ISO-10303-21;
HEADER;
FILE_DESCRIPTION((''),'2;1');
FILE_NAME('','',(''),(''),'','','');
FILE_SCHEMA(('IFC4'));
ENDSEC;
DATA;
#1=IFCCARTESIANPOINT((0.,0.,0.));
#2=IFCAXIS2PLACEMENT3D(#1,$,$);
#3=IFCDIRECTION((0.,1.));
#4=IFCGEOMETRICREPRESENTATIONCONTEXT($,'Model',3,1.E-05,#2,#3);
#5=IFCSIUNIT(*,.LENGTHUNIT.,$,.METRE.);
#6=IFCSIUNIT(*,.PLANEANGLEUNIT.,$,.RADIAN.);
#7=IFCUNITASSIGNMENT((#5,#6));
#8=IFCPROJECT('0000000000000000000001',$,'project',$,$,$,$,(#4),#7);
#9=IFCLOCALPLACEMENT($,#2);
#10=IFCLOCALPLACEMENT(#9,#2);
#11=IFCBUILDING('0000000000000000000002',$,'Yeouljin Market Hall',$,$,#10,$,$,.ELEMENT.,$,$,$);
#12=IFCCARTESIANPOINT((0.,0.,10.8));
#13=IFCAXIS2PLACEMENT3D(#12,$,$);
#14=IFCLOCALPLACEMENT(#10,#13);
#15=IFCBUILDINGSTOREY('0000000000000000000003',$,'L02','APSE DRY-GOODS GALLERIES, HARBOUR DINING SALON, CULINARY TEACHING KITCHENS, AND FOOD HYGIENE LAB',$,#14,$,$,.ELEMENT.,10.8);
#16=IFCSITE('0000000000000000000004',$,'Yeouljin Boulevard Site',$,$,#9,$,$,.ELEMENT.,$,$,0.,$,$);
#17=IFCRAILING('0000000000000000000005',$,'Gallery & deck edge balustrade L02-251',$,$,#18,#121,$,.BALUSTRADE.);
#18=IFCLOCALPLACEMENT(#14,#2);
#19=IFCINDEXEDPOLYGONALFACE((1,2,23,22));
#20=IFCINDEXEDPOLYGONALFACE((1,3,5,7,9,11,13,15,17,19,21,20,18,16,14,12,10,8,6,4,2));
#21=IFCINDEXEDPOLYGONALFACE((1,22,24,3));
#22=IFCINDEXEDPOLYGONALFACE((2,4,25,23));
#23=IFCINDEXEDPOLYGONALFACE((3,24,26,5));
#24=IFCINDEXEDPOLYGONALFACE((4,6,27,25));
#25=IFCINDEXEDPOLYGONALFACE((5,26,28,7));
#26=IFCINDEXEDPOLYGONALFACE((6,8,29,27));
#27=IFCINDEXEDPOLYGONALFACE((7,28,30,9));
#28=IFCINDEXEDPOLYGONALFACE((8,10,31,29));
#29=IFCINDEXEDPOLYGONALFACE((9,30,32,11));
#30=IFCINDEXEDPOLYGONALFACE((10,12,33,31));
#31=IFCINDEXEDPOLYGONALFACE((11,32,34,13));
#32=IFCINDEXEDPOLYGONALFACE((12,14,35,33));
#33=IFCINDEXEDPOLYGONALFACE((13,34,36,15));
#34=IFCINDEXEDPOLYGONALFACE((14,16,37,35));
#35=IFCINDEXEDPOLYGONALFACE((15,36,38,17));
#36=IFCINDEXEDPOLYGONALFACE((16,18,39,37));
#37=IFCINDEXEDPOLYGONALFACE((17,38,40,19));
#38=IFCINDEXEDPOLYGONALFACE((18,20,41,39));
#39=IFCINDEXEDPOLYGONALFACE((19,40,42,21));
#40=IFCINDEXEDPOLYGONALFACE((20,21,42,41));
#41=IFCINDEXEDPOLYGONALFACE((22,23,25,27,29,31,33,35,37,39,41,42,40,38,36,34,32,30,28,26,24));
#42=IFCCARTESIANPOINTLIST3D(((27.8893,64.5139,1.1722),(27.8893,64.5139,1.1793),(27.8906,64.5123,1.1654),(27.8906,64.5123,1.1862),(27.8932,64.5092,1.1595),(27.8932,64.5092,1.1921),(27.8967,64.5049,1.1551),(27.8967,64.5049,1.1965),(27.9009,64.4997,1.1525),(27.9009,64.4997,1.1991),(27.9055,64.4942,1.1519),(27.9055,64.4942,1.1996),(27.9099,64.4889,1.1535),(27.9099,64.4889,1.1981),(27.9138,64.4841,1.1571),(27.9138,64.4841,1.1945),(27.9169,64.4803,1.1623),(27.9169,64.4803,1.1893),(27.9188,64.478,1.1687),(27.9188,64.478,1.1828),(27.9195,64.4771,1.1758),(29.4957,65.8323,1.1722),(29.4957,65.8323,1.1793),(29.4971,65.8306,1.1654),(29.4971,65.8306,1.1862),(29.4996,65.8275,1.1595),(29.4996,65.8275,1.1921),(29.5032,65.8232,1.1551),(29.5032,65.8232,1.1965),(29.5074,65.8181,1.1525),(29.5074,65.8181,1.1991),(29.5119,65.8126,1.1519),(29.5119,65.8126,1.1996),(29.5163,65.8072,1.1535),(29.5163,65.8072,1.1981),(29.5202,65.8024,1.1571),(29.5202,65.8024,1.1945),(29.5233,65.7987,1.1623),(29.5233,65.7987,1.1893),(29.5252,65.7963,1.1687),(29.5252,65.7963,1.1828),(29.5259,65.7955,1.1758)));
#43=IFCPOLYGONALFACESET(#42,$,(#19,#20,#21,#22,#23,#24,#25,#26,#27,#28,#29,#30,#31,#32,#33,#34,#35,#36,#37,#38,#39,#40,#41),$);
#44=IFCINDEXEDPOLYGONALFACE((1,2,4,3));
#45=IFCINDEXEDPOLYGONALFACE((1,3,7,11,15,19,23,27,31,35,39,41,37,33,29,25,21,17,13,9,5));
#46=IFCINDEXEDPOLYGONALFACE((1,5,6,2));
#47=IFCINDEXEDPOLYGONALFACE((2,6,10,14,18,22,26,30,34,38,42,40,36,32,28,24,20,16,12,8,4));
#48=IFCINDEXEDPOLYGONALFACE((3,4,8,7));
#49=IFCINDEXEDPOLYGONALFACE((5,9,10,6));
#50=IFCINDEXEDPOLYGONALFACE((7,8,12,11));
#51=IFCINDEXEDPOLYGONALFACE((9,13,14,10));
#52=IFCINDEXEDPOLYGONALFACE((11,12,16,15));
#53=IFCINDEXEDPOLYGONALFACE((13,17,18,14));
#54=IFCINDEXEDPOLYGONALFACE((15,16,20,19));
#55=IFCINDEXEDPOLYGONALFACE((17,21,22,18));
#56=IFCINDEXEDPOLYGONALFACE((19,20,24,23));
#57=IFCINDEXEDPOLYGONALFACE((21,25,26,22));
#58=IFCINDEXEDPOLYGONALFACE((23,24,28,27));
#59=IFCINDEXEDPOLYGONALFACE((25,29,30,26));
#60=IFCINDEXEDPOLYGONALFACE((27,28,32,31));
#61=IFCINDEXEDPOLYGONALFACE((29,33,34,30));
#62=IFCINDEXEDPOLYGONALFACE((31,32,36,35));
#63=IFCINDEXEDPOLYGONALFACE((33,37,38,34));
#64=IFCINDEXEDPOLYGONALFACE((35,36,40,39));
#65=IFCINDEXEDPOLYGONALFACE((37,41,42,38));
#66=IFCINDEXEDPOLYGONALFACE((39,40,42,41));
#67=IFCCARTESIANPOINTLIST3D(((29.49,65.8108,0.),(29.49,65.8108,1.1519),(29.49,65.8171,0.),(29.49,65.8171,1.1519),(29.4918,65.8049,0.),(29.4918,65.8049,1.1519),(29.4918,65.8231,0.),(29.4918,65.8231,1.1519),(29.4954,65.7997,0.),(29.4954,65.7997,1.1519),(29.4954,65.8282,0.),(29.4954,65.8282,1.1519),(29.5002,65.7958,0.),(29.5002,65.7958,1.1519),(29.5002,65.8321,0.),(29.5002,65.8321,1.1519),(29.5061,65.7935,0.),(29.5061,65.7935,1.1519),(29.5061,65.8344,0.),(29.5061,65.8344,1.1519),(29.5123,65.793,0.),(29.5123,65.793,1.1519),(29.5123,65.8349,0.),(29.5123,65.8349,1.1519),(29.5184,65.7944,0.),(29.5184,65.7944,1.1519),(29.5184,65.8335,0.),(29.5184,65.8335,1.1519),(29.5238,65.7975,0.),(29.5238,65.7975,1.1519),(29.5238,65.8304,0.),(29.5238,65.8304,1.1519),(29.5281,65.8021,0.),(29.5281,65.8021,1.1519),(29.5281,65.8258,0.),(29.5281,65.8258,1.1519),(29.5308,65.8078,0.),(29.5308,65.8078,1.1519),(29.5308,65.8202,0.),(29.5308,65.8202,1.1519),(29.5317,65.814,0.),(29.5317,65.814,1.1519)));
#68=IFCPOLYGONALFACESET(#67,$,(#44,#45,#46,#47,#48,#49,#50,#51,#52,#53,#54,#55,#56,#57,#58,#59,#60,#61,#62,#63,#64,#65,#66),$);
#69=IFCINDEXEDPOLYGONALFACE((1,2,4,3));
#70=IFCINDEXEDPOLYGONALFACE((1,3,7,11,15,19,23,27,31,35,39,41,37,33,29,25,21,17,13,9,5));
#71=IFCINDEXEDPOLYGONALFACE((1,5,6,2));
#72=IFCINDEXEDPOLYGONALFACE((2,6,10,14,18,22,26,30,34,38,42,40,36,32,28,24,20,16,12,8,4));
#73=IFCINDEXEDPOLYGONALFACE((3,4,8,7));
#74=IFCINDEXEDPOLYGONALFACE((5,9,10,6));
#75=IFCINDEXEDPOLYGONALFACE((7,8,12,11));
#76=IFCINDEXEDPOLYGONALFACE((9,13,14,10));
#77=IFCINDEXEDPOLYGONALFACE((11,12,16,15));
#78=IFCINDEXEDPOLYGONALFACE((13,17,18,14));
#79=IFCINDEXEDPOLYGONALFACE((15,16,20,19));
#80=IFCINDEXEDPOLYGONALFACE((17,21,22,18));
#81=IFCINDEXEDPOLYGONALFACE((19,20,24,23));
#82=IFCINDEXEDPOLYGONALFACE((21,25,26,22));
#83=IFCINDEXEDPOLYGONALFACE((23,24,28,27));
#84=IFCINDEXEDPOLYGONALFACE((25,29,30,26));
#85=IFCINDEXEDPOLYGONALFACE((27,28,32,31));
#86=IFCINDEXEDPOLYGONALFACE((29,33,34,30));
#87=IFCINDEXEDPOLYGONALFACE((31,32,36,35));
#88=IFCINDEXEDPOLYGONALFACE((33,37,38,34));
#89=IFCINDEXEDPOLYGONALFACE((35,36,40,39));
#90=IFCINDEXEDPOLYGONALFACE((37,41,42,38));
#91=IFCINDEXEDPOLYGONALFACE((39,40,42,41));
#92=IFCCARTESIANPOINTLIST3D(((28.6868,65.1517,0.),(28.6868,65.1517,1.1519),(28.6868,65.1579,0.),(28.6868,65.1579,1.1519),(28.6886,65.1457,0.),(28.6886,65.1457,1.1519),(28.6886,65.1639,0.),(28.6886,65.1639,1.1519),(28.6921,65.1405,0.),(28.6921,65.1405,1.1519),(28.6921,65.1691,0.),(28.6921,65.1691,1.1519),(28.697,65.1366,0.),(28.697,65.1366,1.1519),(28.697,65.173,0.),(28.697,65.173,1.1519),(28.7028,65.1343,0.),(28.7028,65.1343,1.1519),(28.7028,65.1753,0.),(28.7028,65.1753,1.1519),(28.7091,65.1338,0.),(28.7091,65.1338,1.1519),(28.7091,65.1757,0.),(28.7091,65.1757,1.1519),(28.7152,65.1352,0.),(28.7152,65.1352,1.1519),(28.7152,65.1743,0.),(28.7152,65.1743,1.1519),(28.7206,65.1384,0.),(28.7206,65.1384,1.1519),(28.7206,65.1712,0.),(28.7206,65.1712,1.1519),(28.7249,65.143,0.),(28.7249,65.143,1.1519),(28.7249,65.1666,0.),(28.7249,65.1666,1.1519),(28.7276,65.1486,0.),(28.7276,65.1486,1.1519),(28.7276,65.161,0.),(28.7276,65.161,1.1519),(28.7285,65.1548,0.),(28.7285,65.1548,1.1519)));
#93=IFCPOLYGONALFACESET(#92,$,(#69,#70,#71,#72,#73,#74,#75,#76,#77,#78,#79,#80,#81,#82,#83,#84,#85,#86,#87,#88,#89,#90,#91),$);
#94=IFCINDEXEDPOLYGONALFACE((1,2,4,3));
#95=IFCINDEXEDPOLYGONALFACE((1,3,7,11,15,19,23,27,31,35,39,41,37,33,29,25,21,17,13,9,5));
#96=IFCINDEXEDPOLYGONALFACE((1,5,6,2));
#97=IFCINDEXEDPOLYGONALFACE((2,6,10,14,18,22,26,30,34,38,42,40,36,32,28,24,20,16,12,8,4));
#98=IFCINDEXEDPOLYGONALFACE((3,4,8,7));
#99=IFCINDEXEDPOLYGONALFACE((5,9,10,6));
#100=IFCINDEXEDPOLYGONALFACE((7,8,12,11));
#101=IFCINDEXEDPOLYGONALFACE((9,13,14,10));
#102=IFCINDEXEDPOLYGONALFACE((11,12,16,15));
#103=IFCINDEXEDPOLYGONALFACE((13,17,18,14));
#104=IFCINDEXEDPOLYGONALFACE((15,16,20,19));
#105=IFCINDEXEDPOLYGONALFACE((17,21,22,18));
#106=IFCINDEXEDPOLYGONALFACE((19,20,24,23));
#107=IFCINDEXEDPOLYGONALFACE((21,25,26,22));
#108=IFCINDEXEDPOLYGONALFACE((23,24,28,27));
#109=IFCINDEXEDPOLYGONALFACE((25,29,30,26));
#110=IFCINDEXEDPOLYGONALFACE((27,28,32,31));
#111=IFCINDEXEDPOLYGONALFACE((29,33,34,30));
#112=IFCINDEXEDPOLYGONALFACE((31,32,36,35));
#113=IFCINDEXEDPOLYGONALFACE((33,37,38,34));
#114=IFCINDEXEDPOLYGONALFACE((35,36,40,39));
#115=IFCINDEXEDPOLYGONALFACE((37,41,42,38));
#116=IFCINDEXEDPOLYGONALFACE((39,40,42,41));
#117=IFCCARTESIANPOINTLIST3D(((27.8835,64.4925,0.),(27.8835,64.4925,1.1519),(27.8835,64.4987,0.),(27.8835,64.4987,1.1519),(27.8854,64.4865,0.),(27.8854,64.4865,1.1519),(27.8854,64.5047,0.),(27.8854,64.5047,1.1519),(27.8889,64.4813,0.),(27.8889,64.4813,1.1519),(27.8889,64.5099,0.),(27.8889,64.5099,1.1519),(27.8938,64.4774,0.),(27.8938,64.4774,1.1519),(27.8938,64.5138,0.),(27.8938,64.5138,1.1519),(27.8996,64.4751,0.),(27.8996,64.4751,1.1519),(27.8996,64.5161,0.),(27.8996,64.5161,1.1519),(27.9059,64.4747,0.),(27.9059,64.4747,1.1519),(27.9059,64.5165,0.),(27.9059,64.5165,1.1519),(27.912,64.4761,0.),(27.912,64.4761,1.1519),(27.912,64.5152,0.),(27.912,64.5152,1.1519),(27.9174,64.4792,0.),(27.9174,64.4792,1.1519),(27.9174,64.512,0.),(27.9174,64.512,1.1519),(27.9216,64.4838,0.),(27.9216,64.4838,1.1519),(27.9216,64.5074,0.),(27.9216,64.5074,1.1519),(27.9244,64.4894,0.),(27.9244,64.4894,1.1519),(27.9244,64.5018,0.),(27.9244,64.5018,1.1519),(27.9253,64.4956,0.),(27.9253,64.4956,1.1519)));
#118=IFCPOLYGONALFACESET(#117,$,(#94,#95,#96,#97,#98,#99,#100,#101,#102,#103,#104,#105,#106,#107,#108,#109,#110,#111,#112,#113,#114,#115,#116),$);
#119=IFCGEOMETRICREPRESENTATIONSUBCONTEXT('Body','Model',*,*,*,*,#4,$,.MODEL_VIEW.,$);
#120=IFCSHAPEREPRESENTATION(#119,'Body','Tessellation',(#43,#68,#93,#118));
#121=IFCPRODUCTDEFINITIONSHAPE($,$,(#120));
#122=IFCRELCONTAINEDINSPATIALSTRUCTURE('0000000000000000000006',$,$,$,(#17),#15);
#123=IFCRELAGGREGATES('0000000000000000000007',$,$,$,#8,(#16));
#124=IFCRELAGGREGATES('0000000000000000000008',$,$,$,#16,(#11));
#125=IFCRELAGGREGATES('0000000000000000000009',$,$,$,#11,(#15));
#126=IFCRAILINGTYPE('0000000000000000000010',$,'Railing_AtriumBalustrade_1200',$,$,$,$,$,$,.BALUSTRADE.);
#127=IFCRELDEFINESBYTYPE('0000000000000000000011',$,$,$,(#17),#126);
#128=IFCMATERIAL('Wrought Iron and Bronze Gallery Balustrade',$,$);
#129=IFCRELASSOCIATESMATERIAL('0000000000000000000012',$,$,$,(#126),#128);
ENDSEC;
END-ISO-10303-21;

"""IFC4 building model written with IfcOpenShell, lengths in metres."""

from ifc_helpers import new_model, si_unit, direction, frame, origin, origin_2d, place, context, subcontext, project, spatial, circle, extrude, material, type_object, element, save


model = new_model("IFC4")

# Units and contexts
model_context = context("Model", 3, precision=1e-05, world=origin(), true_north=direction((0.0, 1.0)))
body_context = subcontext(model_context, "Body", "Model", "MODEL_VIEW")
ifc_project = project(units=[si_unit("LENGTHUNIT", "METRE"), si_unit("PLANEANGLEUNIT", "RADIAN")], contexts=[model_context])

# Site, building, storey
site_placement = place(None, origin())
site = spatial("IfcSite", under=ifc_project, at=site_placement, Name="Yeouljin Boulevard Site", CompositionType="ELEMENT", RefElevation=0.0)
building_placement = place(site_placement, origin())
building = spatial("IfcBuilding", under=site, at=building_placement, Name="Yeouljin Market Hall", CompositionType="ELEMENT")
storey_placement = place(building_placement, frame((0.0, 0.0, 10.8)))
storey = spatial("IfcBuildingStorey", under=building, at=storey_placement, Name="L02", Description="APSE DRY-GOODS GALLERIES, HARBOUR DINING SALON, CULINARY TEACHING KITCHENS, AND FOOD HYGIENE LAB", CompositionType="ELEMENT", Elevation=10.8)

# Railing
ifc_material_1 = material(Name="Wrought Iron and Bronze Gallery Balustrade")
railing_type = type_object("IfcRailingType", Name="Railing_AtriumBalustrade_1200", PredefinedType="BALUSTRADE", material=ifc_material_1)
railing_1_placement = place(storey_placement, frame((29.5107, 65.814, 0.0)))
element("IfcRailing", 1, at=railing_1_placement, inside=storey, type_object=railing_type, Name="Gallery & deck edge balustrade L02-251", PredefinedType="BALUSTRADE", context=body_context, shape_type="SweptSolid", body=[
    extrude(circle(Radius=0.0239, at=origin_2d()), frame((0.0, 0.0, 1.1758), z_axis=(-0.773014, -0.634389, 0.0), x_axis=(0.634389, -0.773014, 0.0)), (0.0, 0.0, 1.0), 2.0781),
    extrude(circle(Radius=0.021, at=origin_2d()), origin(), (0.0, 0.0, 1.0), 1.1519),
    extrude(circle(Radius=0.021, at=origin_2d()), frame((-0.8032, -0.6592, 0.0)), (0.0, 0.0, 1.0), 1.1519),
    extrude(circle(Radius=0.021, at=origin_2d()), frame((-1.6064, -1.3184, 0.0)), (0.0, 0.0, 1.0), 1.1519),
])

save(model, "model.ifc")
